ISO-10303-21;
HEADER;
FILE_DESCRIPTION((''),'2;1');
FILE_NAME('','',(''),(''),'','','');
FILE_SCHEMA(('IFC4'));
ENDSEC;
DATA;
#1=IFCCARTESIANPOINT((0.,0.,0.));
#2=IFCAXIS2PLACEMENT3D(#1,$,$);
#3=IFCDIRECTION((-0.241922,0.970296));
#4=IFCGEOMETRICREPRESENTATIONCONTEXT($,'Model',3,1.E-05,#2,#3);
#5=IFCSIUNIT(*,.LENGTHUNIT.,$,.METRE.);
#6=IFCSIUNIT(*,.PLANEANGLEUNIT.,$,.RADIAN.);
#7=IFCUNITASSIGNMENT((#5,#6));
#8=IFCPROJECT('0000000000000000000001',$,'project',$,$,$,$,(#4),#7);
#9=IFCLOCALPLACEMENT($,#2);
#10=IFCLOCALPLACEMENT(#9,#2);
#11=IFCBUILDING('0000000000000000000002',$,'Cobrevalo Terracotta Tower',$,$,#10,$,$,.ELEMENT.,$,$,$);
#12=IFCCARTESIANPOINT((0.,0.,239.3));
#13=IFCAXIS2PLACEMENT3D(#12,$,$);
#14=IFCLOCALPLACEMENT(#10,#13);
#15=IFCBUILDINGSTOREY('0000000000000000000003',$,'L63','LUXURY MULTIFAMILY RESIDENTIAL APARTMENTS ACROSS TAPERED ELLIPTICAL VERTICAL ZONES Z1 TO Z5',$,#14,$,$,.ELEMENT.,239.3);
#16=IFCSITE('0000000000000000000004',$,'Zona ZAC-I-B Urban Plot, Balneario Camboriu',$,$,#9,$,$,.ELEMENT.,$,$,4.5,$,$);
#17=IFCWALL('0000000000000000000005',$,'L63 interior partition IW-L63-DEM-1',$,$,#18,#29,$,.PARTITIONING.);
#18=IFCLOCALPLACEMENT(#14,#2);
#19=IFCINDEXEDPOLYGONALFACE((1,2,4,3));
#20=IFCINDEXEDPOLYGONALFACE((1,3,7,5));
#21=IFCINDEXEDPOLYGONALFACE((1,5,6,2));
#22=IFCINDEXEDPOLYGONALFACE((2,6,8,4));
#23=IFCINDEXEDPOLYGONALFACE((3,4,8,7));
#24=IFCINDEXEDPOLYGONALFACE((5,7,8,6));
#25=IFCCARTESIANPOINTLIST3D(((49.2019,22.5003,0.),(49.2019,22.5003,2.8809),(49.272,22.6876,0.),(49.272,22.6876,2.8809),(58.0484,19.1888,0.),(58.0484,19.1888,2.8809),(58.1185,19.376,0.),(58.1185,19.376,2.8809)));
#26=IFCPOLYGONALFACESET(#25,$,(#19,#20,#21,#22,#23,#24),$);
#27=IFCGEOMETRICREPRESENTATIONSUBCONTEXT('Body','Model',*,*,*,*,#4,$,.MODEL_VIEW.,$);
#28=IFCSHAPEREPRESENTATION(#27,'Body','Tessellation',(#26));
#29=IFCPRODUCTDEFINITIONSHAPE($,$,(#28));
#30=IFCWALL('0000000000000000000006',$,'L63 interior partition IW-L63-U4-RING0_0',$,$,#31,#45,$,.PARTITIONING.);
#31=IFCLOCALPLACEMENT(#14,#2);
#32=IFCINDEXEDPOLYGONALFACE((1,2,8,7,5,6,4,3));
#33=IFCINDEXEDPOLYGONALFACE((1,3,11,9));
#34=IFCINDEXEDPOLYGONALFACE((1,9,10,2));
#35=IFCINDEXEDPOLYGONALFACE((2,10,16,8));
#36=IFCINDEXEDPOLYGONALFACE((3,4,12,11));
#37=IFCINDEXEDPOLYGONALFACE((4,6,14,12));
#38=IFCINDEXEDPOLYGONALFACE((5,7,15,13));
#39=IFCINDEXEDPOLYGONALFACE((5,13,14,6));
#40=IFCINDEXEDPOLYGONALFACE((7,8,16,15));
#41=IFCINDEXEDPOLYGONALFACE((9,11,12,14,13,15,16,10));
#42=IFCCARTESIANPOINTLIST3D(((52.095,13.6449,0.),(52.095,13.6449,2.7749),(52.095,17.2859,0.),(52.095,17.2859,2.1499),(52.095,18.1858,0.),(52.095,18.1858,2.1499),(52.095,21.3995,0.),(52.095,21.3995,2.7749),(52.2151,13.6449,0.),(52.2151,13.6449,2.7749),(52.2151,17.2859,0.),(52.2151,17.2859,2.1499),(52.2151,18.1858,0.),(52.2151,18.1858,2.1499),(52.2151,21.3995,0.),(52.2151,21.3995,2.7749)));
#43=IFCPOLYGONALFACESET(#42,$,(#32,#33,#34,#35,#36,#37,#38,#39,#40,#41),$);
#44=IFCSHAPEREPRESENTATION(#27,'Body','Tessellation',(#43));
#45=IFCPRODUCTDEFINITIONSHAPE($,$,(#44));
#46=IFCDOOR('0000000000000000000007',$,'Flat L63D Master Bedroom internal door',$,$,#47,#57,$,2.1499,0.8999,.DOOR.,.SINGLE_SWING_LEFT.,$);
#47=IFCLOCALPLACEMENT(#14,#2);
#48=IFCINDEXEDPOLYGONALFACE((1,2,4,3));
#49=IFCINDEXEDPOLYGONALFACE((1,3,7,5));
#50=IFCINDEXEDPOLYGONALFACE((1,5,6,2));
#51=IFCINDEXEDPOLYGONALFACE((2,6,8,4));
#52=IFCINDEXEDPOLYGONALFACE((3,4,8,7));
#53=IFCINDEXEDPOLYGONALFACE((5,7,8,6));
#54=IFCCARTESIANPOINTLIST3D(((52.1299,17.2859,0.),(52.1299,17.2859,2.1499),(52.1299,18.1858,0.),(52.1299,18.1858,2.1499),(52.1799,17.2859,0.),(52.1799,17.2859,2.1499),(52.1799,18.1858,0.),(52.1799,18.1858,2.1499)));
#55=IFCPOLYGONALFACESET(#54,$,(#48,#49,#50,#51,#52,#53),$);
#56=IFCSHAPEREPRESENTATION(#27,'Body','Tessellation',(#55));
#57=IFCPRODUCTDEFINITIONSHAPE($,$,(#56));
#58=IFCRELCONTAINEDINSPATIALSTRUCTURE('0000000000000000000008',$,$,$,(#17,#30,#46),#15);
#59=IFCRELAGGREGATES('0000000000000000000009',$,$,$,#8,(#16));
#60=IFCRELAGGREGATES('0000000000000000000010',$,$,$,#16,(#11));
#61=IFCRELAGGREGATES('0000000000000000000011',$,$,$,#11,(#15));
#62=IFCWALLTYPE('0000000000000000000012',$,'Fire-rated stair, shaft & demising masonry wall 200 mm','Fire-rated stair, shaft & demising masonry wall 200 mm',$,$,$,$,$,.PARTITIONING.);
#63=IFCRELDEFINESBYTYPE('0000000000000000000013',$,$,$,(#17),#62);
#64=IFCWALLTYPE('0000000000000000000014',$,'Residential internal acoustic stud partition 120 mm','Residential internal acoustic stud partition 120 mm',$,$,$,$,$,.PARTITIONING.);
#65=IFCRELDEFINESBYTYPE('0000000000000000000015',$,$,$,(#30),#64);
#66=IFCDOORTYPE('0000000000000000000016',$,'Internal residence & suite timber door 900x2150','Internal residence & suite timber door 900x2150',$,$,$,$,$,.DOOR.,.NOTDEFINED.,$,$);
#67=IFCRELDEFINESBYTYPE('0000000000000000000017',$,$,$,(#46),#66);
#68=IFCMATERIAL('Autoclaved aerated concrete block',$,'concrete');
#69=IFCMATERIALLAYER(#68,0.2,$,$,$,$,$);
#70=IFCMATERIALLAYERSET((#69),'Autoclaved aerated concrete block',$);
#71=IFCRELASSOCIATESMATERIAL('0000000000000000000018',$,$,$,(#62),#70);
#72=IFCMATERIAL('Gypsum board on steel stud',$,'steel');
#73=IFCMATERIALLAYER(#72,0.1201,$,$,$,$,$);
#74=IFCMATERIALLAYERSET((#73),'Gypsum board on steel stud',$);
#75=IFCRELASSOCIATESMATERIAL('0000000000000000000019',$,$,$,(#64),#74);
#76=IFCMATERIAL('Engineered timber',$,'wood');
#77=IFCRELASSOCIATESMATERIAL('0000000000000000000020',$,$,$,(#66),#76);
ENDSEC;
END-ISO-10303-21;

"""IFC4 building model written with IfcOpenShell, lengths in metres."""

from ifc_helpers import new_model, si_unit, direction, frame, frame_2d, origin, place, context, subcontext, project, spatial, rectangle, extrude, source, transform, mapped, material, layer, layer_set, type_object, element, fill, save


model = new_model("IFC4")

# Units and contexts
model_context = context("Model", 3, precision=1e-05, world=origin(), true_north=direction((-0.241922, 0.970296)))
body_context = subcontext(model_context, "Body", "Model", "MODEL_VIEW")
ifc_project = project(units=[si_unit("LENGTHUNIT", "METRE"), si_unit("PLANEANGLEUNIT", "RADIAN")], contexts=[model_context])

# Site, building, storey
site_placement = place(None, origin())
site = spatial("IfcSite", under=ifc_project, at=site_placement, Name="Zona ZAC-I-B Urban Plot, Balneario Camboriu", CompositionType="ELEMENT", RefElevation=4.5)
building_placement = place(site_placement, origin())
building = spatial("IfcBuilding", under=site, at=building_placement, Name="Cobrevalo Terracotta Tower", CompositionType="ELEMENT")
storey_placement = place(building_placement, frame((0.0, 0.0, 239.3)))
storey = spatial("IfcBuildingStorey", under=building, at=storey_placement, Name="L63", Description="LUXURY MULTIFAMILY RESIDENTIAL APARTMENTS ACROSS TAPERED ELLIPTICAL VERTICAL ZONES Z1 TO Z5", CompositionType="ELEMENT", Elevation=239.3)

# Wall
ifc_material_1 = material(Name="Autoclaved aerated concrete block", Category="concrete")
ifc_layer_1 = layer(ifc_material_1, 0.2)
ifc_layer_set_1 = layer_set([ifc_layer_1], Name="Autoclaved aerated concrete block")
wall_type_1 = type_object("IfcWallType", Name="Fire-rated stair, shaft & demising masonry wall 200 mm", Description="Fire-rated stair, shaft & demising masonry wall 200 mm", PredefinedType="PARTITIONING", material=ifc_layer_set_1)
wall_1_placement = place(storey_placement, frame((49.2368, 22.594, 0.0), z_axis=(0.0, 0.0, 1.0), x_axis=(0.936534, -0.350577, 0.0)))
element("IfcWall", 1, at=wall_1_placement, inside=storey, type_object=wall_type_1, Name="L63 interior partition IW-L63-DEM-1", PredefinedType="PARTITIONING", context=body_context, shape_type="SweptSolid", body=[
    extrude(rectangle(XDim=9.446, YDim=0.2, at=frame_2d((4.7231, 0.0))), origin(), (0.0, 0.0, 1.0), 2.8809),
])

# Wall, opening, door
ifc_material_2 = material(Name="Gypsum board on steel stud", Category="steel")
ifc_layer_2 = layer(ifc_material_2, 0.1201)
ifc_layer_set_2 = layer_set([ifc_layer_2], Name="Gypsum board on steel stud")
wall_type_2 = type_object("IfcWallType", Name="Residential internal acoustic stud partition 120 mm", Description="Residential internal acoustic stud partition 120 mm", PredefinedType="PARTITIONING", material=ifc_layer_set_2)
wall_2_placement = place(storey_placement, frame((52.155, 21.3997, 0.0), z_axis=(0.0, 0.0, 1.0), x_axis=(0.0, -1.0, 0.0)))
wall_2 = element("IfcWall", 2, at=wall_2_placement, inside=storey, type_object=wall_type_2, Name="L63 interior partition IW-L63-U4-RING0_0", PredefinedType="PARTITIONING", context=body_context, shape_type="SweptSolid", body=[
    extrude(rectangle(XDim=7.7546, YDim=0.1201, at=frame_2d((3.8774, 0.0))), origin(), (0.0, 0.0, 1.0), 2.7749),
])
opening_1_placement = place(wall_2_placement, frame((3.2139, 0.0, 0.0)))
opening_1 = element("IfcOpeningElement", 3, at=opening_1_placement, cuts=wall_2, PredefinedType="OPENING", context=body_context, shape_type="SweptSolid", body=[
    extrude(rectangle(XDim=0.8999, YDim=2.1499, at=frame_2d((0.45, 1.075))), frame((0.0, 0.0701, 0.0), z_axis=(0.0, -1.0, 0.0), x_axis=(1.0, 0.0, 0.0)), (0.0, 0.0, 1.0), 0.1401),
])
ifc_material_3 = material(Name="Engineered timber", Category="wood")
door_type = type_object("IfcDoorType", Name="Internal residence & suite timber door 900x2150", Description="Internal residence & suite timber door 900x2150", OperationType="NOTDEFINED", PredefinedType="DOOR", material=ifc_material_3)
shared_shape_1 = source(origin(), body_context, "Body", "SweptSolid", [
    extrude(rectangle(XDim=0.8999, YDim=2.1499, at=frame_2d((0.45, 1.075))), frame((0.0, 0.0249, 0.0), z_axis=(0.0, -1.0, 0.0), x_axis=(1.0, 0.0, 0.0)), (0.0, 0.0, 1.0), 0.05),
])
door_1_placement = place(opening_1_placement, origin())
door_1 = element("IfcDoor", 4, at=door_1_placement, inside=storey, type_object=door_type, Name="Flat L63D Master Bedroom internal door", OperationType="SINGLE_SWING_LEFT", OverallHeight=2.1499, OverallWidth=0.8999, PredefinedType="DOOR", context=body_context, shape_type="MappedRepresentation", body=[
    mapped(shared_shape_1, transform((0.0, 0.0, 0.0), scale=1.0)),
])
fill(opening_1, door_1)

save(model, "model.ifc")
